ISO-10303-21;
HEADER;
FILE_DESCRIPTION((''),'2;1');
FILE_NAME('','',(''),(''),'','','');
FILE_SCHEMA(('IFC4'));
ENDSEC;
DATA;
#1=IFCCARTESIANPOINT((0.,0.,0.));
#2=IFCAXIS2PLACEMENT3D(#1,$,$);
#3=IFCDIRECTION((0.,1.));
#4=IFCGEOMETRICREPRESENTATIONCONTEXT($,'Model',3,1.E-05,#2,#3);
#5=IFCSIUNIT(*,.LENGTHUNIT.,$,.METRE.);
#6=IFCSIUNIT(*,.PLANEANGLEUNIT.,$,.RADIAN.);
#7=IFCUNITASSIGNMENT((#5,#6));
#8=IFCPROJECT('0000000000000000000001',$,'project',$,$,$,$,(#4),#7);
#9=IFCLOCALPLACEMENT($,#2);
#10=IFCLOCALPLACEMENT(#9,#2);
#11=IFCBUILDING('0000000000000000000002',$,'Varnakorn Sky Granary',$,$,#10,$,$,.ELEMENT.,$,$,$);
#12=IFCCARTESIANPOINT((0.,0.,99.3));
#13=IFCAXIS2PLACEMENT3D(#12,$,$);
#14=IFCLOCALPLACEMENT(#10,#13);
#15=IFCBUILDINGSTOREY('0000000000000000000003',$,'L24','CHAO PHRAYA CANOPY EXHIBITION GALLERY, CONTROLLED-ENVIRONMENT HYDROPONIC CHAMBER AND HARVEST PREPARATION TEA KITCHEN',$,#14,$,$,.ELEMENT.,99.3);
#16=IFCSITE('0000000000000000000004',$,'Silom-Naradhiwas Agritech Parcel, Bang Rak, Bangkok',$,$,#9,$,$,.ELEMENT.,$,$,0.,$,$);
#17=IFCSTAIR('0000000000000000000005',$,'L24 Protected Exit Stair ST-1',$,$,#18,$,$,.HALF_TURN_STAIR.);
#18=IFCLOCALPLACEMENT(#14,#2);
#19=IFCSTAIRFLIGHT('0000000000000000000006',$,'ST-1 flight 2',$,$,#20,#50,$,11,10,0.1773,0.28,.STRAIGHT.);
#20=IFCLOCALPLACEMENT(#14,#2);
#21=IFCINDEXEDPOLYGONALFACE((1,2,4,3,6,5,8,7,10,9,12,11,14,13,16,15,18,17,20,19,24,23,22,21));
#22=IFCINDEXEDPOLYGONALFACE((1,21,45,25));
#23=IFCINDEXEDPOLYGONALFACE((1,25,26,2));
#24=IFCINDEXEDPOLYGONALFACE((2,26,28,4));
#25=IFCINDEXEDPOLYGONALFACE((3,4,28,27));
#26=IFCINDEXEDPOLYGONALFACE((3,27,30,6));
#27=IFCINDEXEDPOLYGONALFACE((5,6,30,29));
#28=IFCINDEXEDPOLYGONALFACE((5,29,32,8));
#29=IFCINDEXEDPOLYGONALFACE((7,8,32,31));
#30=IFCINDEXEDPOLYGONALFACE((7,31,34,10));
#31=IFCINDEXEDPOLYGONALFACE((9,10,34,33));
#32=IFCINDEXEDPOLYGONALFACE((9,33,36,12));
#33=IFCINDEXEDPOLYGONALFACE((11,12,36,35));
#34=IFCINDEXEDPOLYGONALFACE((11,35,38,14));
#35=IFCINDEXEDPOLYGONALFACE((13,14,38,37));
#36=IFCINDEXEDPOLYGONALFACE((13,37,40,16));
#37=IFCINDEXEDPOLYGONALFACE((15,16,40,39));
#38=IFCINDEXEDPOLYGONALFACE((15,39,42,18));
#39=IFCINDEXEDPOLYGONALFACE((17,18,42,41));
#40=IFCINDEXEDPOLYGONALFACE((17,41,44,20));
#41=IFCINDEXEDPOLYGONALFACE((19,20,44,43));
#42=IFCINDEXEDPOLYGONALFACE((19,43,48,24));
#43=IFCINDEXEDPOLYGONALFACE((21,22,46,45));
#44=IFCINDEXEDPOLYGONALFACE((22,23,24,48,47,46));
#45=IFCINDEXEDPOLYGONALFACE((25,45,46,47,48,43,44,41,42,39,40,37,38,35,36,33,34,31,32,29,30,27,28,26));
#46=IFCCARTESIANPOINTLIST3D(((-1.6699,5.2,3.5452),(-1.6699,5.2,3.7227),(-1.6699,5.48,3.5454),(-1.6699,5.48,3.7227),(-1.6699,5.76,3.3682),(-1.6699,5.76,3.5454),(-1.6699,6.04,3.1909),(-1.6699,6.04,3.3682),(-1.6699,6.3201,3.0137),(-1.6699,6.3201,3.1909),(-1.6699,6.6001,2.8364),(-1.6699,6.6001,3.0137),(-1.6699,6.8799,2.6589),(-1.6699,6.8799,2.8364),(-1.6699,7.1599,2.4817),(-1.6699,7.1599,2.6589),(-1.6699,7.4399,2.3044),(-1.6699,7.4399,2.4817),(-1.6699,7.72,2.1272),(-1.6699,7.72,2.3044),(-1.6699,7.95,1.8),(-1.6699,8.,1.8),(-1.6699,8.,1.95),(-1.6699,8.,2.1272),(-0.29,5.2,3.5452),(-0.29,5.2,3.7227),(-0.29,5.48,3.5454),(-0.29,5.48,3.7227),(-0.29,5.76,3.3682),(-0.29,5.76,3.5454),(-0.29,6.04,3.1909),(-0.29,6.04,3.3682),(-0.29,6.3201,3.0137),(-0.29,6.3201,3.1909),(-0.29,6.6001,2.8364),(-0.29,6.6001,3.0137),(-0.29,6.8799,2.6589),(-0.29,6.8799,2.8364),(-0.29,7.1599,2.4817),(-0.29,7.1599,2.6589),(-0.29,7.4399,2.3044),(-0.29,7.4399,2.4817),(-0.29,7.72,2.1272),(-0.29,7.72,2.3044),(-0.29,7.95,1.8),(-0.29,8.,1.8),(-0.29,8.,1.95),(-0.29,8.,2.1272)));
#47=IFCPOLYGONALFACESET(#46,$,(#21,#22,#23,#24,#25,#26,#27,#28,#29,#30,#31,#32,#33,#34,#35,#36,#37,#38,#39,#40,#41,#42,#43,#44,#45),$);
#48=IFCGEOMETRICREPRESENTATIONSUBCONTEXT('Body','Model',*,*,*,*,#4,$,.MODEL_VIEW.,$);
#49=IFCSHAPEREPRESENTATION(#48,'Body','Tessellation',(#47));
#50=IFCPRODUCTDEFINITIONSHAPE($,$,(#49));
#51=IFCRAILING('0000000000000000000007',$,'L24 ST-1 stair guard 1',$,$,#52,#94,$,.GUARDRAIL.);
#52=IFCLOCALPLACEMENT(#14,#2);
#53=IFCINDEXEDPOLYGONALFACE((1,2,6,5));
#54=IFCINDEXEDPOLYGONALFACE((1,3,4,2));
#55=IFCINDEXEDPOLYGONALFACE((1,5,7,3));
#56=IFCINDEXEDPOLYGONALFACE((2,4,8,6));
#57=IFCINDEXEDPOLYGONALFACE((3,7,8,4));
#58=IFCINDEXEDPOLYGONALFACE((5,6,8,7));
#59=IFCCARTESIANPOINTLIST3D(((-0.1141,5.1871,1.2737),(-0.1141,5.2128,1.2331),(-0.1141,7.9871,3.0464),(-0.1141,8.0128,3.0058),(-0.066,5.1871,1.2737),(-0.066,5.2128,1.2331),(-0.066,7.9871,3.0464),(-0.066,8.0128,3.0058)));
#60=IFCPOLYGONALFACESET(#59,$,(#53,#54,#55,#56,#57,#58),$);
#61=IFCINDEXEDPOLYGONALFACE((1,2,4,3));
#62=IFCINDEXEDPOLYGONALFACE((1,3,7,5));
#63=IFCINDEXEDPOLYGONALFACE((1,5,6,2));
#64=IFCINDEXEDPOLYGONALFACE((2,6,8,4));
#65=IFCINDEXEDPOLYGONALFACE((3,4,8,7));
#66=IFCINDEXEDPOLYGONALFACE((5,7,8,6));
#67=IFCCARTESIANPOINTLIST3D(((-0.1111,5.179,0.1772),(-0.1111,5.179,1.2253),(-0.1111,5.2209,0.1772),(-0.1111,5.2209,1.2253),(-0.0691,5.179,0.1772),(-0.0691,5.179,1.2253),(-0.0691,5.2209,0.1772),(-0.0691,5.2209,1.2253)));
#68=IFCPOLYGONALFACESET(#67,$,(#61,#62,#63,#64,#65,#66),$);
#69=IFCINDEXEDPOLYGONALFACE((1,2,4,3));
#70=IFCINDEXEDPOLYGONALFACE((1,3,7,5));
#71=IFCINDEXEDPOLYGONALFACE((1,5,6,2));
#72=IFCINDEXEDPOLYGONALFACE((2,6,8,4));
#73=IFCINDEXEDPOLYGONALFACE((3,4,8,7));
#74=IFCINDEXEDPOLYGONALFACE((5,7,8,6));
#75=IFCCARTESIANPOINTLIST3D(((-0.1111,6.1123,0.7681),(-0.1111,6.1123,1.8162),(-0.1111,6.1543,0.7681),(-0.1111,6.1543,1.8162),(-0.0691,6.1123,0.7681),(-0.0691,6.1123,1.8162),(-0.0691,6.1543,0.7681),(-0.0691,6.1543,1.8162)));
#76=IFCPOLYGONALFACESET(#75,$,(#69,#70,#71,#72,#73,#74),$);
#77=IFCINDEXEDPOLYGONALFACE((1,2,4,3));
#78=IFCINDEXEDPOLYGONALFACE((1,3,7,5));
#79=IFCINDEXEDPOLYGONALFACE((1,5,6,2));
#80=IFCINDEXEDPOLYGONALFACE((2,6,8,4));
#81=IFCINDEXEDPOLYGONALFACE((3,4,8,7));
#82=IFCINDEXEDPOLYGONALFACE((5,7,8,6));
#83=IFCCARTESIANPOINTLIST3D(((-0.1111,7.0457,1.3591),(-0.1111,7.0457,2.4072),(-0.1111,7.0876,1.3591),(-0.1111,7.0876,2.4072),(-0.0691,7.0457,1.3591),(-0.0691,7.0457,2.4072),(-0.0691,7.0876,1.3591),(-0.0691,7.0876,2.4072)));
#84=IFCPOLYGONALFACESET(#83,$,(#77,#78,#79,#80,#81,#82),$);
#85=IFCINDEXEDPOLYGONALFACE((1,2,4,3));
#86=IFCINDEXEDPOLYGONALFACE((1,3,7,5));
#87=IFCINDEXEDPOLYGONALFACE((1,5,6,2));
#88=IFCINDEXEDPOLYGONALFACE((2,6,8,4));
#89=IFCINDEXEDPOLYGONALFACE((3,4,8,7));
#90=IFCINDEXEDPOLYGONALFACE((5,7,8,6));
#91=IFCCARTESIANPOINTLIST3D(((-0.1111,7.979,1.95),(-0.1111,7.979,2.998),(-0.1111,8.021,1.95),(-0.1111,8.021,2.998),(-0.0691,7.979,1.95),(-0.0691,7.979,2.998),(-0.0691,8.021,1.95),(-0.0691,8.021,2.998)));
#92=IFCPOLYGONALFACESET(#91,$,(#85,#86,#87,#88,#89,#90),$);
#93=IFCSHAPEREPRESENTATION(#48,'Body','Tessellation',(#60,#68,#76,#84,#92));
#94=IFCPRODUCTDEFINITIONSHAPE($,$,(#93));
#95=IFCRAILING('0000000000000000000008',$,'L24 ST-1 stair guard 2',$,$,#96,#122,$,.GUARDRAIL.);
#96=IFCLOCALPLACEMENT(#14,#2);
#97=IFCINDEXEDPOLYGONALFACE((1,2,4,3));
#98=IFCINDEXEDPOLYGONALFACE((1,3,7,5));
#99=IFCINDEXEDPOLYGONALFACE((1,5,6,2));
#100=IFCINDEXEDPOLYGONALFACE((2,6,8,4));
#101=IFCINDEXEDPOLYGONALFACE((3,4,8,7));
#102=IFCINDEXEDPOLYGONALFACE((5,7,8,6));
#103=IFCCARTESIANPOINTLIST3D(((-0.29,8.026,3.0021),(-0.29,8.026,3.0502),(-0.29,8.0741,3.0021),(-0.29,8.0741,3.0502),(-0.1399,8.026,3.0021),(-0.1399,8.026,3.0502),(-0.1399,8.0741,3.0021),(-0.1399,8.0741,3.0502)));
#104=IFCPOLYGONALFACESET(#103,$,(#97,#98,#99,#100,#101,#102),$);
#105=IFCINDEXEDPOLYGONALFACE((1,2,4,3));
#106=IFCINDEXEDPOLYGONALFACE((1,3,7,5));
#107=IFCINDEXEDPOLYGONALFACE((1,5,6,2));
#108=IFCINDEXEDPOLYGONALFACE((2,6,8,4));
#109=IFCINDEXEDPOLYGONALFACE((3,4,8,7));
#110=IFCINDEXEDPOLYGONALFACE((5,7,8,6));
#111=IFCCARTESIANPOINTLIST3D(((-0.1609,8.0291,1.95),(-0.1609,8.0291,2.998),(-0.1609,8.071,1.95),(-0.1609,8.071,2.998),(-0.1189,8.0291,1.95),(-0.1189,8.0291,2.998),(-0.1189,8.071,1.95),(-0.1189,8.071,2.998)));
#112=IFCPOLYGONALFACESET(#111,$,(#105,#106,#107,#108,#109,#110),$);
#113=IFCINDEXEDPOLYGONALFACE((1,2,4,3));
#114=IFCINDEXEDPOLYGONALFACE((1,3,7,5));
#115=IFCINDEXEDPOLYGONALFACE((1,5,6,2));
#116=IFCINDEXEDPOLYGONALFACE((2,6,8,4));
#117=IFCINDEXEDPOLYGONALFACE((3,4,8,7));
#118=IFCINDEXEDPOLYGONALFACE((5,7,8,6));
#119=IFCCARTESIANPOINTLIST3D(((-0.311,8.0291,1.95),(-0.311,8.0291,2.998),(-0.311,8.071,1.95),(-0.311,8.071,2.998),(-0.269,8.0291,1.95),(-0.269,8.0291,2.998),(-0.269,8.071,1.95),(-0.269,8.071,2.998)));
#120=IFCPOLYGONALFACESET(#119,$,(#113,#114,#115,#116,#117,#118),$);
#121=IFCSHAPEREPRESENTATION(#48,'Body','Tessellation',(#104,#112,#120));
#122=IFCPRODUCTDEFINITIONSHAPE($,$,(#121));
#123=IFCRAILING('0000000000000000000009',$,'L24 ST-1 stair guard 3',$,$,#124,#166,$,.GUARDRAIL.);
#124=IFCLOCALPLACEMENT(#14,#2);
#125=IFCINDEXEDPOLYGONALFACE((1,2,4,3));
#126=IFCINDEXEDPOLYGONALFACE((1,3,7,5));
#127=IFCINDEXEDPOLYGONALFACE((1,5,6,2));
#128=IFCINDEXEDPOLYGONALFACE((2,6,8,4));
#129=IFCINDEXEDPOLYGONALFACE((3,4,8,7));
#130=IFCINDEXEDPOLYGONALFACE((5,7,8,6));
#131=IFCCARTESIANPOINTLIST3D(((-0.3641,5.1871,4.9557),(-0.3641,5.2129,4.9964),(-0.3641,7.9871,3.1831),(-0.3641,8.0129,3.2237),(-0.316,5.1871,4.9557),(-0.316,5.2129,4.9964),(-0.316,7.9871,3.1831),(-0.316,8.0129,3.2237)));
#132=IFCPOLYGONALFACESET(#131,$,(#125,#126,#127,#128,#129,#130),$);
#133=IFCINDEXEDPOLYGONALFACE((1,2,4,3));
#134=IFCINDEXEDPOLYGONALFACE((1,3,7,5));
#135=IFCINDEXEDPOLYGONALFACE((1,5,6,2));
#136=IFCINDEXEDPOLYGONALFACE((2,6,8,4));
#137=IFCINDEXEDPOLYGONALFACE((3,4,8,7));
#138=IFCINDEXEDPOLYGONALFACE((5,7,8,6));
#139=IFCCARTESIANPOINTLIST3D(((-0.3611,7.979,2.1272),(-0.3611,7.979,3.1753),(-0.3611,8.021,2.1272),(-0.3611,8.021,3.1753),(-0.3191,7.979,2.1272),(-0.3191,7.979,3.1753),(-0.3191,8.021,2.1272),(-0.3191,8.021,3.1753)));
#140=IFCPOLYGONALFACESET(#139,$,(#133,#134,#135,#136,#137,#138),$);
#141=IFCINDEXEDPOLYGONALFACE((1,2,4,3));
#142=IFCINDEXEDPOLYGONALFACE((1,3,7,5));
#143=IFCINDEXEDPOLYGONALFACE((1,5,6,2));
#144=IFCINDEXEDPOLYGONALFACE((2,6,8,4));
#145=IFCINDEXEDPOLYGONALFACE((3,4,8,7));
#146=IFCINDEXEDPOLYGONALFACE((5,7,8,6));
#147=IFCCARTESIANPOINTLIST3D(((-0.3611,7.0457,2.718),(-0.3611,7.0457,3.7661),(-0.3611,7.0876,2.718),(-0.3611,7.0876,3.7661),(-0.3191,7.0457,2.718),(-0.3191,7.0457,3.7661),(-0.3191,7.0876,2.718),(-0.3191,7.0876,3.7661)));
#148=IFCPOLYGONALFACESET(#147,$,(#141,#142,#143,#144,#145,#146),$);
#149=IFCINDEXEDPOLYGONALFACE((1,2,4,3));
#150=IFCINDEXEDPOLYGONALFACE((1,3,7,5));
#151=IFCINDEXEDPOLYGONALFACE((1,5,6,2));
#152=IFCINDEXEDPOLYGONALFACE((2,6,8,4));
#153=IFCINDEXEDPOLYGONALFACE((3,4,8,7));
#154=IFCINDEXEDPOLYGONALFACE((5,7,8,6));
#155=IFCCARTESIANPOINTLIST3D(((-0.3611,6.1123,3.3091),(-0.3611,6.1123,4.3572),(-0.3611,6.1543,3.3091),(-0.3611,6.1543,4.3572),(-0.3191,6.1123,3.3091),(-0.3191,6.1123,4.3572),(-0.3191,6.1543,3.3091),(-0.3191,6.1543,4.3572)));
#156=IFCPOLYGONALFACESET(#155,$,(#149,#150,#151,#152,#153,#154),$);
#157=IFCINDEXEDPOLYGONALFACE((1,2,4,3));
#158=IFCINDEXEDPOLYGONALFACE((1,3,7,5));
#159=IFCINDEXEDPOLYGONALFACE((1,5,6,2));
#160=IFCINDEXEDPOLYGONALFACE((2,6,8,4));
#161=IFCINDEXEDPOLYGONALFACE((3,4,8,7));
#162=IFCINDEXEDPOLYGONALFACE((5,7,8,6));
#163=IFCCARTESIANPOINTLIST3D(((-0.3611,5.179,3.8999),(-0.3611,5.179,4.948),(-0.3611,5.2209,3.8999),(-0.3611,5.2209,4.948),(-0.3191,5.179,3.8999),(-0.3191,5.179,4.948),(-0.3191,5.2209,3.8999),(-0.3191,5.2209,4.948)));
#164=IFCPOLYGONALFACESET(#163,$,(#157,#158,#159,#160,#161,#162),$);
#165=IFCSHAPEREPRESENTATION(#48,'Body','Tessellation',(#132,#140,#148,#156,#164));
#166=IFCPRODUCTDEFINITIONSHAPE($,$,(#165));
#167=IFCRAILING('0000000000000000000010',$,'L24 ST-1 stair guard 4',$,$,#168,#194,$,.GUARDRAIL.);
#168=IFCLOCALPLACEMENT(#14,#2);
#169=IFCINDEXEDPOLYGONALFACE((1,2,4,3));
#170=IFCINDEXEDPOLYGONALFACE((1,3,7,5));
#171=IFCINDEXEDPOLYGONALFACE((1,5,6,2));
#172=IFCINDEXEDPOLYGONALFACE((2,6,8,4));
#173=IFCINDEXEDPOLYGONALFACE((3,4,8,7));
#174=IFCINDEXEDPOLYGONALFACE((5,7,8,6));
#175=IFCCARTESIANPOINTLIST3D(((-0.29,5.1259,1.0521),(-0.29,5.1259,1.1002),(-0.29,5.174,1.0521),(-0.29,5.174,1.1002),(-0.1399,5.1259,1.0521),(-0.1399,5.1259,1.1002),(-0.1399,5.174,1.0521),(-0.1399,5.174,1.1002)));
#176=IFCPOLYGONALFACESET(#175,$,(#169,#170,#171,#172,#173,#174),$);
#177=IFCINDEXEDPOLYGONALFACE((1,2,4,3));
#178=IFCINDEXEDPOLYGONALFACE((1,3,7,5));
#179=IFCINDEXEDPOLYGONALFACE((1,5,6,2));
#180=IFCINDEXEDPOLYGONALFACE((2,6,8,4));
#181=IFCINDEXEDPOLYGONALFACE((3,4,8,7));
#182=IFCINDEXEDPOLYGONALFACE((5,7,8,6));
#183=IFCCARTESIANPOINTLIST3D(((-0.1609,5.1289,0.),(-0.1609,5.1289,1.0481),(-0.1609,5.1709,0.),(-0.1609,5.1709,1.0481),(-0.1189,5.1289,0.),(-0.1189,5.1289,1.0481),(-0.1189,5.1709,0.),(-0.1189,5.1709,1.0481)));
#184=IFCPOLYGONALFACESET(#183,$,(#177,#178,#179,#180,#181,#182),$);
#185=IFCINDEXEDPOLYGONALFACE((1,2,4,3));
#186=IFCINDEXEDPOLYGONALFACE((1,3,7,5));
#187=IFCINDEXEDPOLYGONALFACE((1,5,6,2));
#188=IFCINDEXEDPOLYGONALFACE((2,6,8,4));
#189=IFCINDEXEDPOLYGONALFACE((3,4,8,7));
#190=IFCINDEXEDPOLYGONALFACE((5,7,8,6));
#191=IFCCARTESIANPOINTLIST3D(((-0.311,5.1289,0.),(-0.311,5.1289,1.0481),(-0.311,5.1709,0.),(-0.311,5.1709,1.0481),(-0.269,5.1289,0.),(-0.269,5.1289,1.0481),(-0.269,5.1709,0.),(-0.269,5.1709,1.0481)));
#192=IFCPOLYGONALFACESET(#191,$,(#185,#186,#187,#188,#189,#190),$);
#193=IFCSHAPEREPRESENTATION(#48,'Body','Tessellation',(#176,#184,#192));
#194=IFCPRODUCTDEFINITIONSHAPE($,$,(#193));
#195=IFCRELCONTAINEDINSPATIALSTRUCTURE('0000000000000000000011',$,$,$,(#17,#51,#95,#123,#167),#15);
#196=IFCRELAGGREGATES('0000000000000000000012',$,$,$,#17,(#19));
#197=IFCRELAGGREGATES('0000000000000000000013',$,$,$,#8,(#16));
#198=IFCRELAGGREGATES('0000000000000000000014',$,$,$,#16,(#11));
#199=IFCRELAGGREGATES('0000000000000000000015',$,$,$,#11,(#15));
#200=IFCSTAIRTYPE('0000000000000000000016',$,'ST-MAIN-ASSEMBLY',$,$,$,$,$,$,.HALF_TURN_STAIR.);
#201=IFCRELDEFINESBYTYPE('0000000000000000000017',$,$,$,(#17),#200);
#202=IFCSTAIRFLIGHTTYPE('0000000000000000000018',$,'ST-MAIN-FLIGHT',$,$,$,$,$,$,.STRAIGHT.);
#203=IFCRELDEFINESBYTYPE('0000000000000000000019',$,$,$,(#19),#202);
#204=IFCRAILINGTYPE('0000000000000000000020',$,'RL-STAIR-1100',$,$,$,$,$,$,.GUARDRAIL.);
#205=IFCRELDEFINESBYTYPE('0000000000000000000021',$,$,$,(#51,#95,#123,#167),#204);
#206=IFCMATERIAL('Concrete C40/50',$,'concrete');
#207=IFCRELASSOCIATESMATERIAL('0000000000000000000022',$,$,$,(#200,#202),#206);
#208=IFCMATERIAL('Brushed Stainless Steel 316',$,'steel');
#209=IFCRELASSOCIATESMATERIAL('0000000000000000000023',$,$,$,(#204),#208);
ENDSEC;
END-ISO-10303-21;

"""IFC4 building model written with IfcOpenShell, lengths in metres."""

from ifc_helpers import new_model, si_unit, direction, frame, origin, origin_2d, place, context, subcontext, project, spatial, polyline, rectangle, outline, extrude, material, type_object, element, aggregate, save


model = new_model("IFC4")

# Units and contexts
model_context = context("Model", 3, precision=1e-05, world=origin(), true_north=direction((0.0, 1.0)))
body_context = subcontext(model_context, "Body", "Model", "MODEL_VIEW")
ifc_project = project(units=[si_unit("LENGTHUNIT", "METRE"), si_unit("PLANEANGLEUNIT", "RADIAN")], contexts=[model_context])

# Site, building, storey
site_placement = place(None, origin())
site = spatial("IfcSite", under=ifc_project, at=site_placement, Name="Silom-Naradhiwas Agritech Parcel, Bang Rak, Bangkok", CompositionType="ELEMENT", RefElevation=0.0)
building_placement = place(site_placement, origin())
building = spatial("IfcBuilding", under=site, at=building_placement, Name="Varnakorn Sky Granary", CompositionType="ELEMENT")
storey_placement = place(building_placement, frame((0.0, 0.0, 99.3)))
storey = spatial("IfcBuildingStorey", under=building, at=storey_placement, Name="L24", Description="CHAO PHRAYA CANOPY EXHIBITION GALLERY, CONTROLLED-ENVIRONMENT HYDROPONIC CHAMBER AND HARVEST PREPARATION TEA KITCHEN", CompositionType="ELEMENT", Elevation=99.3)

# Stair, stair flight
ifc_material_1 = material(Name="Concrete C40/50", Category="concrete")
stair_type = type_object("IfcStairType", Name="ST-MAIN-ASSEMBLY", PredefinedType="HALF_TURN_STAIR", material=ifc_material_1)
stair_placement = place(storey_placement, origin())
stair = element("IfcStair", 1, at=stair_placement, inside=storey, type_object=stair_type, Name="L24 Protected Exit Stair ST-1", PredefinedType="HALF_TURN_STAIR")
stair_flight_type = type_object("IfcStairFlightType", Name="ST-MAIN-FLIGHT", PredefinedType="STRAIGHT", material=ifc_material_1)
stair_flight_1_placement = place(storey_placement, frame((-0.98, 8.0, 1.95), z_axis=(0.0, 0.0, 1.0), x_axis=(0.0, -1.0, 0.0)))
stair_flight_1 = element("IfcStairFlight", 2, at=stair_flight_1_placement, type_object=stair_flight_type, Name="ST-1 flight 2", NumberOfRisers=11, NumberOfTreads=10, PredefinedType="STRAIGHT", RiserHeight=0.1773, TreadLength=0.28, context=body_context, shape_type="SweptSolid", body=[
    extrude(outline(polyline([(0.0, -0.1499), (0.0, 0.0), (0.0, 0.1772), (0.28, 0.1772), (0.28, 0.3545), (0.5601, 0.3545), (0.5601, 0.5317), (0.8401, 0.5317), (0.8401, 0.709), (1.1201, 0.709), (1.1201, 0.8865), (1.3999, 0.8865), (1.3999, 1.0637), (1.6799, 1.0637), (1.6799, 1.241), (1.96, 1.241), (1.96, 1.4182), (2.24, 1.4182), (2.24, 1.5955), (2.52, 1.5955), (2.52, 1.7727), (2.8, 1.7727), (2.8, 1.95), (2.8, 1.5952), (0.05, -0.1499), (0.0, -0.1499)])), frame((0.0, 0.6899, 0.0), z_axis=(0.0, -1.0, 0.0), x_axis=(1.0, 0.0, 0.0)), (0.0, 0.0, 1.0), 1.3799),
])
aggregate(stair, [stair_flight_1])

# Railings
ifc_material_2 = material(Name="Brushed Stainless Steel 316", Category="steel")
railing_type_1 = type_object("IfcRailingType", Name="RL-STAIR-1100", PredefinedType="GUARDRAIL", material=ifc_material_2)
railing_1_placement = place(storey_placement, frame((-0.0901, 5.2, 0.1772)))
element("IfcRailing", 3, at=railing_1_placement, inside=storey, type_object=railing_type_1, Name="L24 ST-1 stair guard 1", PredefinedType="GUARDRAIL", context=body_context, shape_type="SweptSolid", body=[
    extrude(rectangle(XDim=0.0481, YDim=0.0481, at=origin_2d()), frame((0.0, 0.0, 1.0762), z_axis=(0.0, 0.844909, 0.53491), x_axis=(-1.0, 0.0, 0.0)), (0.0, 0.0, 1.0), 3.314),
    extrude(rectangle(XDim=0.042, YDim=0.042, at=origin_2d()), origin(), (0.0, 0.0, 1.0), 1.0481),
    extrude(rectangle(XDim=0.042, YDim=0.042, at=origin_2d()), frame((0.0, 0.9333, 0.5908)), (0.0, 0.0, 1.0), 1.0481),
    extrude(rectangle(XDim=0.042, YDim=0.042, at=origin_2d()), frame((0.0, 1.8667, 1.1819)), (0.0, 0.0, 1.0), 1.0481),
    extrude(rectangle(XDim=0.042, YDim=0.042, at=origin_2d()), frame((0.0, 2.8, 1.7727)), (0.0, 0.0, 1.0), 1.0481),
])
railing_2_placement = place(storey_placement, frame((-0.1399, 8.05, 1.95)))
element("IfcRailing", 4, at=railing_2_placement, inside=storey, type_object=railing_type_1, Name="L24 ST-1 stair guard 2", PredefinedType="GUARDRAIL", context=body_context, shape_type="SweptSolid", body=[
    extrude(rectangle(XDim=0.0481, YDim=0.0481, at=origin_2d()), frame((0.0, 0.0, 1.0762), z_axis=(-1.0, 0.0, 0.0), x_axis=(0.0, -1.0, 0.0)), (0.0, 0.0, 1.0), 0.1501),
    extrude(rectangle(XDim=0.042, YDim=0.042, at=origin_2d()), origin(), (0.0, 0.0, 1.0), 1.0481),
    extrude(rectangle(XDim=0.042, YDim=0.042, at=origin_2d()), frame((-0.1501, 0.0, 0.0)), (0.0, 0.0, 1.0), 1.0481),
])
railing_3_placement = place(storey_placement, frame((-0.3401, 8.0, 2.1272)))
element("IfcRailing", 5, at=railing_3_placement, inside=storey, type_object=railing_type_1, Name="L24 ST-1 stair guard 3", PredefinedType="GUARDRAIL", context=body_context, shape_type="SweptSolid", body=[
    extrude(rectangle(XDim=0.0481, YDim=0.0481, at=origin_2d()), frame((0.0, 0.0, 1.0762), z_axis=(0.0, -0.844909, 0.53491), x_axis=(1.0, 0.0, 0.0)), (0.0, 0.0, 1.0), 3.314),
    extrude(rectangle(XDim=0.042, YDim=0.042, at=origin_2d()), origin(), (0.0, 0.0, 1.0), 1.0481),
    extrude(rectangle(XDim=0.042, YDim=0.042, at=origin_2d()), frame((0.0, -0.9333, 0.5908)), (0.0, 0.0, 1.0), 1.0481),
    extrude(rectangle(XDim=0.042, YDim=0.042, at=origin_2d()), frame((0.0, -1.8667, 1.1819)), (0.0, 0.0, 1.0), 1.0481),
    extrude(rectangle(XDim=0.042, YDim=0.042, at=origin_2d()), frame((0.0, -2.8, 1.7727)), (0.0, 0.0, 1.0), 1.0481),
])
railing_4_placement = place(storey_placement, frame((-0.1399, 5.1499, 0.0)))
element("IfcRailing", 6, at=railing_4_placement, inside=storey, type_object=railing_type_1, Name="L24 ST-1 stair guard 4", PredefinedType="GUARDRAIL", context=body_context, shape_type="SweptSolid", body=[
    extrude(rectangle(XDim=0.0481, YDim=0.0481, at=origin_2d()), frame((0.0, 0.0, 1.0762), z_axis=(-1.0, 0.0, 0.0), x_axis=(0.0, -1.0, 0.0)), (0.0, 0.0, 1.0), 0.1501),
    extrude(rectangle(XDim=0.042, YDim=0.042, at=origin_2d()), origin(), (0.0, 0.0, 1.0), 1.0481),
    extrude(rectangle(XDim=0.042, YDim=0.042, at=origin_2d()), frame((-0.1501, 0.0, 0.0)), (0.0, 0.0, 1.0), 1.0481),
])

save(model, "model.ifc")
